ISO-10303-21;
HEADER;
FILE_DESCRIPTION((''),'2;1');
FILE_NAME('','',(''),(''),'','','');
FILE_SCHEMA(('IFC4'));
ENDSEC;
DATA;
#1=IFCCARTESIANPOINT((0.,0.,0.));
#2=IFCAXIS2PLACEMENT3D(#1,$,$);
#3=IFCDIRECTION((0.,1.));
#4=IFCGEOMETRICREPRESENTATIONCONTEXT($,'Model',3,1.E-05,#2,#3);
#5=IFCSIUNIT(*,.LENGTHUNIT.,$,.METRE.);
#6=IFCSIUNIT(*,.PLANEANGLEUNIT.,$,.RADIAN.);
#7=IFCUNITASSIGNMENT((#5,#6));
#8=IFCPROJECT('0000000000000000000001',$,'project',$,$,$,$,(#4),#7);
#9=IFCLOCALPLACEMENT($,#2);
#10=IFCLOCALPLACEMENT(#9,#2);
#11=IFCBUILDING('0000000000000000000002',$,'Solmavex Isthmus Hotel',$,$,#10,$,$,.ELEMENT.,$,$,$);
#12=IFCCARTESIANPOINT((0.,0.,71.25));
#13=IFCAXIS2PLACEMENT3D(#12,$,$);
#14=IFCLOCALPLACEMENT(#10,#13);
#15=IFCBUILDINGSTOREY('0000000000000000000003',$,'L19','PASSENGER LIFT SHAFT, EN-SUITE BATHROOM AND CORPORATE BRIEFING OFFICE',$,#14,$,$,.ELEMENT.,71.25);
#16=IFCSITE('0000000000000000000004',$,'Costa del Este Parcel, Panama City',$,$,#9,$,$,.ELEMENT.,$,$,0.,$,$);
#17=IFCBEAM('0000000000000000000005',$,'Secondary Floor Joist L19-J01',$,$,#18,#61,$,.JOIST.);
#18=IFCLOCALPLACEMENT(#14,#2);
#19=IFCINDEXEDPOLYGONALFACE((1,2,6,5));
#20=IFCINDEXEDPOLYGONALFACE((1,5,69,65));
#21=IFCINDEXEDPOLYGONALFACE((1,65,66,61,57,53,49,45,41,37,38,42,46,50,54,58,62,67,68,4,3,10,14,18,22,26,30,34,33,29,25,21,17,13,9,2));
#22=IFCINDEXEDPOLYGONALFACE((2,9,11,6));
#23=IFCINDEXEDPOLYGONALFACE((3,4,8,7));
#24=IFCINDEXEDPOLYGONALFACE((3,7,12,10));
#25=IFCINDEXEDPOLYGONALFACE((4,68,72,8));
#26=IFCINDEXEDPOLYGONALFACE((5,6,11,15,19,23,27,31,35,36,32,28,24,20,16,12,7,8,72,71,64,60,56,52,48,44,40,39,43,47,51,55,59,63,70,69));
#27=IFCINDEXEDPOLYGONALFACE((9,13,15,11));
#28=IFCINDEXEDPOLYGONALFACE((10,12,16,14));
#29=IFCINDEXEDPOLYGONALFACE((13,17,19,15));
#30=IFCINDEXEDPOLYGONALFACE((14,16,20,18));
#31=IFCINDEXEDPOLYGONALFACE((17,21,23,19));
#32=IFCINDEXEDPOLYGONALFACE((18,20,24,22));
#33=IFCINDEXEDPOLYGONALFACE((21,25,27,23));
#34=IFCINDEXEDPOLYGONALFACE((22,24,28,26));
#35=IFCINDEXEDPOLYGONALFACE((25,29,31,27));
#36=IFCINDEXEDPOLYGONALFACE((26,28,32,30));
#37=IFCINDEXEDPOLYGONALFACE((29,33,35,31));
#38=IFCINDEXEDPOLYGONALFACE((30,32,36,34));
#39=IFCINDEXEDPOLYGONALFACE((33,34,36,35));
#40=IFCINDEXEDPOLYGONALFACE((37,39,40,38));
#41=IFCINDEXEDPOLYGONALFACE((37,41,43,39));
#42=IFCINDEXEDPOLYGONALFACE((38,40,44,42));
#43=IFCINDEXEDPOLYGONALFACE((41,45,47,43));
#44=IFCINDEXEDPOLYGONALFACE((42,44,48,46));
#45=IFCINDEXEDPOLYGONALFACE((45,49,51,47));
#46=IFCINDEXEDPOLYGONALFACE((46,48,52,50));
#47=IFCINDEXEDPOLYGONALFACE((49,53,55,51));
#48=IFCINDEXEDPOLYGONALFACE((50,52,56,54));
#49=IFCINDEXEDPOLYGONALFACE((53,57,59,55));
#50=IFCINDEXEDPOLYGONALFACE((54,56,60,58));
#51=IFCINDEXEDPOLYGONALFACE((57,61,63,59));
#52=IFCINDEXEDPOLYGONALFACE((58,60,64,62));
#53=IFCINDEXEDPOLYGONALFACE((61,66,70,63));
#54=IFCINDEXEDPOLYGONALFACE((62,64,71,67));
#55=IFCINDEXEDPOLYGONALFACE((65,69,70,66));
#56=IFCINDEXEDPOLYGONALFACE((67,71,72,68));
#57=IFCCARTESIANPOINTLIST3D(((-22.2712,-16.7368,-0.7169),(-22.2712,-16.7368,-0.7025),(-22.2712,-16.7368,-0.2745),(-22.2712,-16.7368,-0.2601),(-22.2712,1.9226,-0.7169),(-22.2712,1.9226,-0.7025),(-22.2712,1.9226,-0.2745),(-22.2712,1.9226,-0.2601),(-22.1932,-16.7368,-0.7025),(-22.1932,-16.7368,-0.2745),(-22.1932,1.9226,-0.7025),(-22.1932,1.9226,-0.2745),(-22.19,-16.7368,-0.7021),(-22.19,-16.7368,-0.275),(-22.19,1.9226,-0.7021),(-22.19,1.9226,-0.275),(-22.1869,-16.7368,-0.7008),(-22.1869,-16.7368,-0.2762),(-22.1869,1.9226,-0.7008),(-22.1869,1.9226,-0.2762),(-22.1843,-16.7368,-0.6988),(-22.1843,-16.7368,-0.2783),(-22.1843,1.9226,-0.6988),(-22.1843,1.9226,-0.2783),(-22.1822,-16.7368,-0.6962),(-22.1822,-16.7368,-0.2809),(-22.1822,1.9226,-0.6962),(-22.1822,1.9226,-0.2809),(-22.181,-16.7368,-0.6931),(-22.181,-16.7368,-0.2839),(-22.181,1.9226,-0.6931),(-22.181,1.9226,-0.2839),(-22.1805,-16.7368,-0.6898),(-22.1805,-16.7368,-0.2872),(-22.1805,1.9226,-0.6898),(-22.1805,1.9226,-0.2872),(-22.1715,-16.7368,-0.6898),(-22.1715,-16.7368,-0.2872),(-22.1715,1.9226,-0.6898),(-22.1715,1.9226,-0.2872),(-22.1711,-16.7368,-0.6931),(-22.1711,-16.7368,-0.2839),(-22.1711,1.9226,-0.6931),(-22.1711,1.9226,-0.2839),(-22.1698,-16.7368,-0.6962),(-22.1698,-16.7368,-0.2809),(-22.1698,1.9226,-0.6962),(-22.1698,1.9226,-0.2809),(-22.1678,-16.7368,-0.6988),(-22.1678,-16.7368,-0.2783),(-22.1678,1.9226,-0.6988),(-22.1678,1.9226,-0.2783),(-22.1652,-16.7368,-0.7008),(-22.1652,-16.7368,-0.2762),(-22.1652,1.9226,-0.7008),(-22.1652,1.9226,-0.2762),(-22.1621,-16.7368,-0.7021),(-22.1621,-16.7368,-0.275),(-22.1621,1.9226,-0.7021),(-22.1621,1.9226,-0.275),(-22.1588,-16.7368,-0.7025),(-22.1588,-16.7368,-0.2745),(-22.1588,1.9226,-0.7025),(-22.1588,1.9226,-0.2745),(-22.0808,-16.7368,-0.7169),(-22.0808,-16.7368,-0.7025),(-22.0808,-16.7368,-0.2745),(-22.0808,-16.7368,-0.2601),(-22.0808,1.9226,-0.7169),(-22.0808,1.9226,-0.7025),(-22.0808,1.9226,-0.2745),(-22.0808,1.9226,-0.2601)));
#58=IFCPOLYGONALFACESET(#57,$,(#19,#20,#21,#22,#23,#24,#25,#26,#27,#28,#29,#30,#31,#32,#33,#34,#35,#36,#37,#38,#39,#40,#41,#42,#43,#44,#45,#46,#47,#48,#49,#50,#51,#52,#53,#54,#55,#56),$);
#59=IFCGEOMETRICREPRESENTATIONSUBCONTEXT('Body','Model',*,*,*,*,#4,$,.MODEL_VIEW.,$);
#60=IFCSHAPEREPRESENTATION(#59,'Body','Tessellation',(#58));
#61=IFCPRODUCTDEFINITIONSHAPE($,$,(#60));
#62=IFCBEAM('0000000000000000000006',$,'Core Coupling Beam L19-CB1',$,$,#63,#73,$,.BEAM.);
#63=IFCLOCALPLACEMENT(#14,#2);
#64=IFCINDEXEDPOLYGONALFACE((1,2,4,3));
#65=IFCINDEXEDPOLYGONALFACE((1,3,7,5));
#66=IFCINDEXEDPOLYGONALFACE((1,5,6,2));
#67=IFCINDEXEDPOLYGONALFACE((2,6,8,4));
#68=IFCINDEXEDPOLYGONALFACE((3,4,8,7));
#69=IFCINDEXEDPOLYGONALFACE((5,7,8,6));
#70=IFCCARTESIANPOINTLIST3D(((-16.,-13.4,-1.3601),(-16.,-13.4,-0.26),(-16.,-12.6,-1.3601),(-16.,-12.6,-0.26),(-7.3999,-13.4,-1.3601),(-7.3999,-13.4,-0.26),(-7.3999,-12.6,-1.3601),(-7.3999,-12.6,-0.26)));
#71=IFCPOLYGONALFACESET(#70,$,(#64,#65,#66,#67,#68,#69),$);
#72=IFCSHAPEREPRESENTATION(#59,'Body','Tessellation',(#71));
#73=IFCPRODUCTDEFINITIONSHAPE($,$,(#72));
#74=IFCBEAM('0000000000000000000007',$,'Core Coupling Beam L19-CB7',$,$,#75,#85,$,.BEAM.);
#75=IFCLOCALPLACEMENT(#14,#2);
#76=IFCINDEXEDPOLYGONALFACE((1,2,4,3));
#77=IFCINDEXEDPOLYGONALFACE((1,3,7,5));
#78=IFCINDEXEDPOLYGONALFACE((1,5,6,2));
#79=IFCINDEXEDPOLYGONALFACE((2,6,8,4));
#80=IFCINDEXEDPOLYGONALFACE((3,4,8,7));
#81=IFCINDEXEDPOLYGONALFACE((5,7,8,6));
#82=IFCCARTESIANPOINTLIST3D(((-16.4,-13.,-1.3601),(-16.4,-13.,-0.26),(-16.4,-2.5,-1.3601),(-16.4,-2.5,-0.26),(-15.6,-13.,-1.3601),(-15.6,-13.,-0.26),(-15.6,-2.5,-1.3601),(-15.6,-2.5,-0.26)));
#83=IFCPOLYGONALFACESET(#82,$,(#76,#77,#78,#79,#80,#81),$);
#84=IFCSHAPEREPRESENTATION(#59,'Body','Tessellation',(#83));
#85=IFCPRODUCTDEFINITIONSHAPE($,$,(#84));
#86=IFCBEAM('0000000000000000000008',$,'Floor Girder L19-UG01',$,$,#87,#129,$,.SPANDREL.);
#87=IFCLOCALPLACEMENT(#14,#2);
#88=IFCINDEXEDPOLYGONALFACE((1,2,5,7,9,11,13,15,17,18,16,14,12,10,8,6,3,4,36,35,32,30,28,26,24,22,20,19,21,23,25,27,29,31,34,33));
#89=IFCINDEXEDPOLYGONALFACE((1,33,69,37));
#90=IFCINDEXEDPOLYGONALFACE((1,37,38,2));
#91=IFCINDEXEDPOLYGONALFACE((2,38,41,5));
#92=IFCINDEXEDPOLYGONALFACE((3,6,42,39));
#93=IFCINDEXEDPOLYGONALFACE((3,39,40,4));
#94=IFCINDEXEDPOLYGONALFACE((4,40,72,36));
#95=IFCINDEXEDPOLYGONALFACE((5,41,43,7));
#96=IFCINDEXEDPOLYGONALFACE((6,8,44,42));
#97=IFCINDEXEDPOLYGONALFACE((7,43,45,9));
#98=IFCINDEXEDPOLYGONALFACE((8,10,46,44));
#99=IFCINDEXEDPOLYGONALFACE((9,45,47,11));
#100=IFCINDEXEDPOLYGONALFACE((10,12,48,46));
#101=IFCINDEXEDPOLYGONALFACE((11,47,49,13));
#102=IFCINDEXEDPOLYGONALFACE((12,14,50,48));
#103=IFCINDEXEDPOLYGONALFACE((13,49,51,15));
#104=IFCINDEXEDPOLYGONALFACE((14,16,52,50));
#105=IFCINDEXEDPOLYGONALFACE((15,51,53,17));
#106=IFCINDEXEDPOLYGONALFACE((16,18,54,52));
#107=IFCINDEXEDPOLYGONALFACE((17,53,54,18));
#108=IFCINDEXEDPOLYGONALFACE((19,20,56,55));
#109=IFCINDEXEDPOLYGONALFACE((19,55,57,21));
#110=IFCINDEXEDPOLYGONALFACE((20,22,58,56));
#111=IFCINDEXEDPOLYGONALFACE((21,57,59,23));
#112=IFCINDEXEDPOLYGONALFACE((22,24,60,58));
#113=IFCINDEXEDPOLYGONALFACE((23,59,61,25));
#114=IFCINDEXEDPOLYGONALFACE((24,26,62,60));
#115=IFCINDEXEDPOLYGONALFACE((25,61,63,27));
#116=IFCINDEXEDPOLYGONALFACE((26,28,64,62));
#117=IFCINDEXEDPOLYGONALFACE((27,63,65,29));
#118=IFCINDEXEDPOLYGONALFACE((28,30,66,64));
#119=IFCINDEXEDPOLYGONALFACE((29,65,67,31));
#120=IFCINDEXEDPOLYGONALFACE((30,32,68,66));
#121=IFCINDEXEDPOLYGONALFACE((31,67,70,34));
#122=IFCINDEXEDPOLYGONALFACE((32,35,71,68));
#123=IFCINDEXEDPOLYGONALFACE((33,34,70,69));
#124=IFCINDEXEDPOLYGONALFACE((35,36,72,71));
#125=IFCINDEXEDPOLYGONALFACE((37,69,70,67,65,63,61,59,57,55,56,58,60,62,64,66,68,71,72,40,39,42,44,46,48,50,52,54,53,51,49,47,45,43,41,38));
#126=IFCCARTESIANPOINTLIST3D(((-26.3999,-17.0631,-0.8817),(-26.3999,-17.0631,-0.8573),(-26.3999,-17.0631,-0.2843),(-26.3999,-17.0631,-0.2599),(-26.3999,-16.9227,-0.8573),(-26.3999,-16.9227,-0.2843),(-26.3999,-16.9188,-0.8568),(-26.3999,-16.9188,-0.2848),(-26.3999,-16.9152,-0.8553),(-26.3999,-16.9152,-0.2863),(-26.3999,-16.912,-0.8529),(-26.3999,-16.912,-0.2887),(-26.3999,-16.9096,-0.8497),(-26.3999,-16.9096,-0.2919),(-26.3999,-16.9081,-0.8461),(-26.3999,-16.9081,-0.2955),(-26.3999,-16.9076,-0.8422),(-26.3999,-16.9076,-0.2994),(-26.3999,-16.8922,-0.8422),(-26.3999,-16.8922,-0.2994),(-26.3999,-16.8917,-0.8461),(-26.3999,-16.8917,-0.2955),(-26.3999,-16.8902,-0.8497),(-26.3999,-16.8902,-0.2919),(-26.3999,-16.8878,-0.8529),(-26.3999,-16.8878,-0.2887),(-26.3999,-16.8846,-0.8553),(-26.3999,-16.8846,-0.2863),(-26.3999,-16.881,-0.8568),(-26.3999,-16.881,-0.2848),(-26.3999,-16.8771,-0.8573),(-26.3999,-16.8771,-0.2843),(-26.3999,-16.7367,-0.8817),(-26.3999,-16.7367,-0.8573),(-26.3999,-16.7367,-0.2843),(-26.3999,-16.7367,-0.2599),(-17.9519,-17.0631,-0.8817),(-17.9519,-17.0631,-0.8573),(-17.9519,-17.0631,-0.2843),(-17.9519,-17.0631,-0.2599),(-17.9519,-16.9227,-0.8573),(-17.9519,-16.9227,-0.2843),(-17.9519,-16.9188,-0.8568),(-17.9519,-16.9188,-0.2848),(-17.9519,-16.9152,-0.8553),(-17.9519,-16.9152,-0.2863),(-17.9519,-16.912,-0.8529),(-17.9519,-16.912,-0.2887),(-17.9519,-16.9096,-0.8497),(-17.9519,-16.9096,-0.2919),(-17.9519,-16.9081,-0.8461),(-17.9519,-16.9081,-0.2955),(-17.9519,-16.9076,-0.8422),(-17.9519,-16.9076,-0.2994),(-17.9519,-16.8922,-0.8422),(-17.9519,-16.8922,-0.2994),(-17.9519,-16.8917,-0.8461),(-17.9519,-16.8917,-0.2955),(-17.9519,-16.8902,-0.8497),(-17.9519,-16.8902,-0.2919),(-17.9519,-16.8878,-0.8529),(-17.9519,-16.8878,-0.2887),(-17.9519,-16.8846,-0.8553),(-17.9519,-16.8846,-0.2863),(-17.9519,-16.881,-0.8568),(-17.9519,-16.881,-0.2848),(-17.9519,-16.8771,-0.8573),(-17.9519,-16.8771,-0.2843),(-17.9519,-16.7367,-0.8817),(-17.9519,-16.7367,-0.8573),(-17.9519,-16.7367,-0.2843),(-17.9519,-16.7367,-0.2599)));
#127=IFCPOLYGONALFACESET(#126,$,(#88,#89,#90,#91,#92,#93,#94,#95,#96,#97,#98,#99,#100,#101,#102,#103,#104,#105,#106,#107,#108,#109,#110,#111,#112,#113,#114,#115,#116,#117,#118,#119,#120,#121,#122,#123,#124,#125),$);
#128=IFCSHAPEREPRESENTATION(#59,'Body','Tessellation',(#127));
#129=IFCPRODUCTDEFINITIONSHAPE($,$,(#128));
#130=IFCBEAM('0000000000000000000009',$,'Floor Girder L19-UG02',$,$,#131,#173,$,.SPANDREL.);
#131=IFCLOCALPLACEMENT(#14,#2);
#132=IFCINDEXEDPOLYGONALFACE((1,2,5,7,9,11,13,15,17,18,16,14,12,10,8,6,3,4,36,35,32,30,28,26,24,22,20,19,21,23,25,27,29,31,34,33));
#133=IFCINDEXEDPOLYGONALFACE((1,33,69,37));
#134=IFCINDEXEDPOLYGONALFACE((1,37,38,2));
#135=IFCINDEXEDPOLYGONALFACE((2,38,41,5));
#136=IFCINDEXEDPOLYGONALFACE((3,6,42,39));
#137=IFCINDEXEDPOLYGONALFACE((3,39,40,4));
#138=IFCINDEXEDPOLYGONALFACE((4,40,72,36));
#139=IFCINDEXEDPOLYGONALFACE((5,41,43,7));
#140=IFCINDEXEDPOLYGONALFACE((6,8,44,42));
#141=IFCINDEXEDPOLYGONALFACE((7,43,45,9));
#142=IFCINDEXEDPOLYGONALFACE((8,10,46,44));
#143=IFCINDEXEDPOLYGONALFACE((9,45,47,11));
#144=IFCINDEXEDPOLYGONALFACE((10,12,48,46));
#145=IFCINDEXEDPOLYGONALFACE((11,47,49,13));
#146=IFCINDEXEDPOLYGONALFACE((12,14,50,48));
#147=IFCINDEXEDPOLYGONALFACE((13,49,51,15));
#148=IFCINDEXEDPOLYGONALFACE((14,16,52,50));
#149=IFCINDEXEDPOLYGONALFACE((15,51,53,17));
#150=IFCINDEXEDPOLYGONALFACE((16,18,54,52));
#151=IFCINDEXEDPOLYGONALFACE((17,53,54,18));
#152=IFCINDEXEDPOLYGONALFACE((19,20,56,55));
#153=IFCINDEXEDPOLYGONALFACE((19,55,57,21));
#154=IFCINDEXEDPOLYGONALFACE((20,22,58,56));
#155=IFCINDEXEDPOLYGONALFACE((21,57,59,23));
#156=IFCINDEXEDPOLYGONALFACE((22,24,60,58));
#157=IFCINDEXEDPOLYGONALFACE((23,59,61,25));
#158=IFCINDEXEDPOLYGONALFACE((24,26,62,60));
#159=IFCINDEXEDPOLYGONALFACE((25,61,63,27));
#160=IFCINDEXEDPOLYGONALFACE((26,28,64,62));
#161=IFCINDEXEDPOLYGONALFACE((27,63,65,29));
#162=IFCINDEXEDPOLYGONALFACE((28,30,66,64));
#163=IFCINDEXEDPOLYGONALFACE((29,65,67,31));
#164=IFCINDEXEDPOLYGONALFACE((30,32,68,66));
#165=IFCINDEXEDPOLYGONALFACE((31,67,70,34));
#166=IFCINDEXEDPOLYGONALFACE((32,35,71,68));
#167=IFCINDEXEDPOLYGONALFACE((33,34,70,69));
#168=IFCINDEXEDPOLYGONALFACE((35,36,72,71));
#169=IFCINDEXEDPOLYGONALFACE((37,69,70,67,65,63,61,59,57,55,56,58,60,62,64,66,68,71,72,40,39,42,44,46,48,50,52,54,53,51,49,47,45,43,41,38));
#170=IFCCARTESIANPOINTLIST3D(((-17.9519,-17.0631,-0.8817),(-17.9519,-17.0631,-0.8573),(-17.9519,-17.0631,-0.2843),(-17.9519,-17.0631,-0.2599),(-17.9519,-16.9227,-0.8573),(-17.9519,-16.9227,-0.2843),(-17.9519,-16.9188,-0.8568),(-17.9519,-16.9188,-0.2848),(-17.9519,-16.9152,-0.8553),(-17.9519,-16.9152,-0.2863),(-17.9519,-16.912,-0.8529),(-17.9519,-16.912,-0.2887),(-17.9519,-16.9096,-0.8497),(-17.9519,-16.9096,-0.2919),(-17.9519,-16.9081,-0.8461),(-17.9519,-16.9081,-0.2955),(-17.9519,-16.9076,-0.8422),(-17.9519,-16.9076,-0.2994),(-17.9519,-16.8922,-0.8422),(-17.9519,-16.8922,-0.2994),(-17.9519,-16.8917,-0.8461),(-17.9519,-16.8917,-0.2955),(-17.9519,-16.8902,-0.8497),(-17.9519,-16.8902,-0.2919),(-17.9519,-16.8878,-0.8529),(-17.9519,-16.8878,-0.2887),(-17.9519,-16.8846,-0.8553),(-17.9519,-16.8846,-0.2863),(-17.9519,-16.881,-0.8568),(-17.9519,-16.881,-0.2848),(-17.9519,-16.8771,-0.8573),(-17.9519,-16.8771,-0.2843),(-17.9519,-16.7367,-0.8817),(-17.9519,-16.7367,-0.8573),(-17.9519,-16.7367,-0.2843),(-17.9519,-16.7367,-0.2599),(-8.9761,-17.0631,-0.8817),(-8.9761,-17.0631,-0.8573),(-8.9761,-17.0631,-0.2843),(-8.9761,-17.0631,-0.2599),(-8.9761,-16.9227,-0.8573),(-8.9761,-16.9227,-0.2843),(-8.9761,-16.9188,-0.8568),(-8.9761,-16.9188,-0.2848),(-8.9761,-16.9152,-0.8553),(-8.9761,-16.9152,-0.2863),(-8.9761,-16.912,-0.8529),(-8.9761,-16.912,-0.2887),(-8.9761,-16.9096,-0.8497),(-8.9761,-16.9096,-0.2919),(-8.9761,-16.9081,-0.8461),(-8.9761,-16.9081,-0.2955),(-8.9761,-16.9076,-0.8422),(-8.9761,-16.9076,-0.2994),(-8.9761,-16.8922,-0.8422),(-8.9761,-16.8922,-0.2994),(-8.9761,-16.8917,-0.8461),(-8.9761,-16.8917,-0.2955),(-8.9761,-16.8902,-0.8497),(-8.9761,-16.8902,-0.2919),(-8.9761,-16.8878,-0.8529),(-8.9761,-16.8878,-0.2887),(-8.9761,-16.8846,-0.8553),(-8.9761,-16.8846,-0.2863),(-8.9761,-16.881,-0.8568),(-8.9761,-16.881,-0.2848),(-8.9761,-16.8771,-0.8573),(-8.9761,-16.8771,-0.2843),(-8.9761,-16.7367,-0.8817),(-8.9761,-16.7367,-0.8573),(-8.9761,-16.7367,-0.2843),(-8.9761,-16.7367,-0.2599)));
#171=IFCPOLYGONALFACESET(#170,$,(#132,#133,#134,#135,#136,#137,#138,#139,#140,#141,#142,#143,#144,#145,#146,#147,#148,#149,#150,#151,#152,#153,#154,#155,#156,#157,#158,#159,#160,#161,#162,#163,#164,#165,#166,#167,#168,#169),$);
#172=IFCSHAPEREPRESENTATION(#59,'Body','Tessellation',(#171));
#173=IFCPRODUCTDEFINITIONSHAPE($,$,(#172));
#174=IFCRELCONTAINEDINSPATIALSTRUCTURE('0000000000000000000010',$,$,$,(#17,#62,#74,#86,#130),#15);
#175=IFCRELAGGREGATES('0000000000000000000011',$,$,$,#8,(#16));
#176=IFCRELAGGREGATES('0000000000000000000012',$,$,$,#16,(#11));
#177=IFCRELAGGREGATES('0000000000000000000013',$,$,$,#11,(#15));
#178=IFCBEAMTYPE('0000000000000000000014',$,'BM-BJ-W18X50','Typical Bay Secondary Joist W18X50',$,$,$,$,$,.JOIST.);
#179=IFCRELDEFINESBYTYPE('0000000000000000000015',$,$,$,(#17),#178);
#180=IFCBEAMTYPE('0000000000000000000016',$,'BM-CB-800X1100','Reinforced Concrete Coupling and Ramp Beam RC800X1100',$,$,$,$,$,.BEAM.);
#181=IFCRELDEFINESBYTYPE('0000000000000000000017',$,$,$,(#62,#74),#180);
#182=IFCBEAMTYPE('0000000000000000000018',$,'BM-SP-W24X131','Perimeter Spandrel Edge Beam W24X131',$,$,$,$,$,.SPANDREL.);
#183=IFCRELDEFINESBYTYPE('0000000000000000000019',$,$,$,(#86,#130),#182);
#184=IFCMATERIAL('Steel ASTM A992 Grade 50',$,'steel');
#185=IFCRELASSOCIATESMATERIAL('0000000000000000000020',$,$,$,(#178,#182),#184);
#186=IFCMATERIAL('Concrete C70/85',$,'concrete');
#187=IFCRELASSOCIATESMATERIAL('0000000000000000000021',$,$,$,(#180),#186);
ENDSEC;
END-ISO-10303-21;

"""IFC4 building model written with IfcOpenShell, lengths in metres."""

from ifc_helpers import new_model, si_unit, direction, frame, origin, origin_2d, place, context, subcontext, project, spatial, rectangle, i_section, extrude, material, material_profile, profile_set, type_object, element, save


model = new_model("IFC4")

# Units and contexts
model_context = context("Model", 3, precision=1e-05, world=origin(), true_north=direction((0.0, 1.0)))
body_context = subcontext(model_context, "Body", "Model", "MODEL_VIEW")
ifc_project = project(units=[si_unit("LENGTHUNIT", "METRE"), si_unit("PLANEANGLEUNIT", "RADIAN")], contexts=[model_context])

# Site, building, storey
site_placement = place(None, origin())
site = spatial("IfcSite", under=ifc_project, at=site_placement, Name="Costa del Este Parcel, Panama City", CompositionType="ELEMENT", RefElevation=0.0)
building_placement = place(site_placement, origin())
building = spatial("IfcBuilding", under=site, at=building_placement, Name="Solmavex Isthmus Hotel", CompositionType="ELEMENT")
storey_placement = place(building_placement, frame((0.0, 0.0, 71.25)))
storey = spatial("IfcBuildingStorey", under=building, at=storey_placement, Name="L19", Description="PASSENGER LIFT SHAFT, EN-SUITE BATHROOM AND CORPORATE BRIEFING OFFICE", CompositionType="ELEMENT", Elevation=71.25)

# Shared definitions
ifc_material_1 = material(Name="Concrete C70/85", Category="concrete")

# Beams
ifc_material_2 = material(Name="Steel ASTM A992 Grade 50", Category="steel")
ifc_material_profile_1 = material_profile(ifc_material_2, i_section(OverallWidth=0.1904, OverallDepth=0.4568, WebThickness=0.009, FlangeThickness=0.0144, FilletRadius=0.0127, at=origin_2d()), Name="W18X50")
ifc_profile_set_1 = profile_set([ifc_material_profile_1], Name="Steel ASTM A992 Grade 50")
beam_type_1 = type_object("IfcBeamType", Name="BM-BJ-W18X50", Description="Typical Bay Secondary Joist W18X50", PredefinedType="JOIST", material=ifc_profile_set_1)
beam_1_placement = place(storey_placement, frame((-22.176, -16.7368, -0.4885), z_axis=(0.0, 1.0, 0.0), x_axis=(-1.0, 0.0, 0.0)))
element("IfcBeam", 1, at=beam_1_placement, inside=storey, type_object=beam_type_1, Name="Secondary Floor Joist L19-J01", PredefinedType="JOIST", context=body_context, shape_type="SweptSolid", body=[
    extrude(i_section(OverallWidth=0.1904, OverallDepth=0.4568, WebThickness=0.009, FlangeThickness=0.0144, FilletRadius=0.0127, at=origin_2d()), origin(), (0.0, 0.0, 1.0), 18.6594),
])
ifc_material_profile_2 = material_profile(ifc_material_1, rectangle(XDim=0.8, YDim=1.1001, at=origin_2d()), Name="RC800X1100")
ifc_profile_set_2 = profile_set([ifc_material_profile_2], Name="Concrete C70/85")
beam_type_2 = type_object("IfcBeamType", Name="BM-CB-800X1100", Description="Reinforced Concrete Coupling and Ramp Beam RC800X1100", PredefinedType="BEAM", material=ifc_profile_set_2)
beam_2_placement = place(storey_placement, frame((-16.0, -13.0, -0.8101), z_axis=(1.0, 0.0, 0.0), x_axis=(0.0, 1.0, 0.0)))
element("IfcBeam", 2, at=beam_2_placement, inside=storey, type_object=beam_type_2, Name="Core Coupling Beam L19-CB1", PredefinedType="BEAM", context=body_context, shape_type="SweptSolid", body=[
    extrude(rectangle(XDim=0.8, YDim=1.1001, at=origin_2d()), origin(), (0.0, 0.0, 1.0), 8.6001),
])
beam_3_placement = place(storey_placement, frame((-16.0, -13.0, -0.8101), z_axis=(0.0, 1.0, 0.0), x_axis=(-1.0, 0.0, 0.0)))
element("IfcBeam", 3, at=beam_3_placement, inside=storey, type_object=beam_type_2, Name="Core Coupling Beam L19-CB7", PredefinedType="BEAM", context=body_context, shape_type="SweptSolid", body=[
    extrude(rectangle(XDim=0.8, YDim=1.1001, at=origin_2d()), origin(), (0.0, 0.0, 1.0), 10.5),
])
ifc_material_profile_3 = material_profile(ifc_material_2, i_section(OverallWidth=0.3264, OverallDepth=0.6218, WebThickness=0.0154, FlangeThickness=0.0244, FilletRadius=0.0151, at=origin_2d()), Name="W24X131")
ifc_profile_set_3 = profile_set([ifc_material_profile_3], Name="Steel ASTM A992 Grade 50")
beam_type_3 = type_object("IfcBeamType", Name="BM-SP-W24X131", Description="Perimeter Spandrel Edge Beam W24X131", PredefinedType="SPANDREL", material=ifc_profile_set_3)
beam_4_placement = place(storey_placement, frame((-26.3999, -16.8999, -0.5708), z_axis=(1.0, 0.0, 0.0), x_axis=(0.0, 1.0, 0.0)))
element("IfcBeam", 4, at=beam_4_placement, inside=storey, type_object=beam_type_3, Name="Floor Girder L19-UG01", PredefinedType="SPANDREL", context=body_context, shape_type="SweptSolid", body=[
    extrude(i_section(OverallWidth=0.3264, OverallDepth=0.6218, WebThickness=0.0154, FlangeThickness=0.0244, FilletRadius=0.0151, at=origin_2d()), origin(), (0.0, 0.0, 1.0), 8.448),
])
beam_5_placement = place(storey_placement, frame((-17.9519, -16.8999, -0.5708), z_axis=(1.0, 0.0, 0.0), x_axis=(0.0, 1.0, 0.0)))
element("IfcBeam", 5, at=beam_5_placement, inside=storey, type_object=beam_type_3, Name="Floor Girder L19-UG02", PredefinedType="SPANDREL", context=body_context, shape_type="SweptSolid", body=[
    extrude(i_section(OverallWidth=0.3264, OverallDepth=0.6218, WebThickness=0.0154, FlangeThickness=0.0244, FilletRadius=0.0151, at=origin_2d()), origin(), (0.0, 0.0, 1.0), 8.9758),
])

save(model, "model.ifc")
